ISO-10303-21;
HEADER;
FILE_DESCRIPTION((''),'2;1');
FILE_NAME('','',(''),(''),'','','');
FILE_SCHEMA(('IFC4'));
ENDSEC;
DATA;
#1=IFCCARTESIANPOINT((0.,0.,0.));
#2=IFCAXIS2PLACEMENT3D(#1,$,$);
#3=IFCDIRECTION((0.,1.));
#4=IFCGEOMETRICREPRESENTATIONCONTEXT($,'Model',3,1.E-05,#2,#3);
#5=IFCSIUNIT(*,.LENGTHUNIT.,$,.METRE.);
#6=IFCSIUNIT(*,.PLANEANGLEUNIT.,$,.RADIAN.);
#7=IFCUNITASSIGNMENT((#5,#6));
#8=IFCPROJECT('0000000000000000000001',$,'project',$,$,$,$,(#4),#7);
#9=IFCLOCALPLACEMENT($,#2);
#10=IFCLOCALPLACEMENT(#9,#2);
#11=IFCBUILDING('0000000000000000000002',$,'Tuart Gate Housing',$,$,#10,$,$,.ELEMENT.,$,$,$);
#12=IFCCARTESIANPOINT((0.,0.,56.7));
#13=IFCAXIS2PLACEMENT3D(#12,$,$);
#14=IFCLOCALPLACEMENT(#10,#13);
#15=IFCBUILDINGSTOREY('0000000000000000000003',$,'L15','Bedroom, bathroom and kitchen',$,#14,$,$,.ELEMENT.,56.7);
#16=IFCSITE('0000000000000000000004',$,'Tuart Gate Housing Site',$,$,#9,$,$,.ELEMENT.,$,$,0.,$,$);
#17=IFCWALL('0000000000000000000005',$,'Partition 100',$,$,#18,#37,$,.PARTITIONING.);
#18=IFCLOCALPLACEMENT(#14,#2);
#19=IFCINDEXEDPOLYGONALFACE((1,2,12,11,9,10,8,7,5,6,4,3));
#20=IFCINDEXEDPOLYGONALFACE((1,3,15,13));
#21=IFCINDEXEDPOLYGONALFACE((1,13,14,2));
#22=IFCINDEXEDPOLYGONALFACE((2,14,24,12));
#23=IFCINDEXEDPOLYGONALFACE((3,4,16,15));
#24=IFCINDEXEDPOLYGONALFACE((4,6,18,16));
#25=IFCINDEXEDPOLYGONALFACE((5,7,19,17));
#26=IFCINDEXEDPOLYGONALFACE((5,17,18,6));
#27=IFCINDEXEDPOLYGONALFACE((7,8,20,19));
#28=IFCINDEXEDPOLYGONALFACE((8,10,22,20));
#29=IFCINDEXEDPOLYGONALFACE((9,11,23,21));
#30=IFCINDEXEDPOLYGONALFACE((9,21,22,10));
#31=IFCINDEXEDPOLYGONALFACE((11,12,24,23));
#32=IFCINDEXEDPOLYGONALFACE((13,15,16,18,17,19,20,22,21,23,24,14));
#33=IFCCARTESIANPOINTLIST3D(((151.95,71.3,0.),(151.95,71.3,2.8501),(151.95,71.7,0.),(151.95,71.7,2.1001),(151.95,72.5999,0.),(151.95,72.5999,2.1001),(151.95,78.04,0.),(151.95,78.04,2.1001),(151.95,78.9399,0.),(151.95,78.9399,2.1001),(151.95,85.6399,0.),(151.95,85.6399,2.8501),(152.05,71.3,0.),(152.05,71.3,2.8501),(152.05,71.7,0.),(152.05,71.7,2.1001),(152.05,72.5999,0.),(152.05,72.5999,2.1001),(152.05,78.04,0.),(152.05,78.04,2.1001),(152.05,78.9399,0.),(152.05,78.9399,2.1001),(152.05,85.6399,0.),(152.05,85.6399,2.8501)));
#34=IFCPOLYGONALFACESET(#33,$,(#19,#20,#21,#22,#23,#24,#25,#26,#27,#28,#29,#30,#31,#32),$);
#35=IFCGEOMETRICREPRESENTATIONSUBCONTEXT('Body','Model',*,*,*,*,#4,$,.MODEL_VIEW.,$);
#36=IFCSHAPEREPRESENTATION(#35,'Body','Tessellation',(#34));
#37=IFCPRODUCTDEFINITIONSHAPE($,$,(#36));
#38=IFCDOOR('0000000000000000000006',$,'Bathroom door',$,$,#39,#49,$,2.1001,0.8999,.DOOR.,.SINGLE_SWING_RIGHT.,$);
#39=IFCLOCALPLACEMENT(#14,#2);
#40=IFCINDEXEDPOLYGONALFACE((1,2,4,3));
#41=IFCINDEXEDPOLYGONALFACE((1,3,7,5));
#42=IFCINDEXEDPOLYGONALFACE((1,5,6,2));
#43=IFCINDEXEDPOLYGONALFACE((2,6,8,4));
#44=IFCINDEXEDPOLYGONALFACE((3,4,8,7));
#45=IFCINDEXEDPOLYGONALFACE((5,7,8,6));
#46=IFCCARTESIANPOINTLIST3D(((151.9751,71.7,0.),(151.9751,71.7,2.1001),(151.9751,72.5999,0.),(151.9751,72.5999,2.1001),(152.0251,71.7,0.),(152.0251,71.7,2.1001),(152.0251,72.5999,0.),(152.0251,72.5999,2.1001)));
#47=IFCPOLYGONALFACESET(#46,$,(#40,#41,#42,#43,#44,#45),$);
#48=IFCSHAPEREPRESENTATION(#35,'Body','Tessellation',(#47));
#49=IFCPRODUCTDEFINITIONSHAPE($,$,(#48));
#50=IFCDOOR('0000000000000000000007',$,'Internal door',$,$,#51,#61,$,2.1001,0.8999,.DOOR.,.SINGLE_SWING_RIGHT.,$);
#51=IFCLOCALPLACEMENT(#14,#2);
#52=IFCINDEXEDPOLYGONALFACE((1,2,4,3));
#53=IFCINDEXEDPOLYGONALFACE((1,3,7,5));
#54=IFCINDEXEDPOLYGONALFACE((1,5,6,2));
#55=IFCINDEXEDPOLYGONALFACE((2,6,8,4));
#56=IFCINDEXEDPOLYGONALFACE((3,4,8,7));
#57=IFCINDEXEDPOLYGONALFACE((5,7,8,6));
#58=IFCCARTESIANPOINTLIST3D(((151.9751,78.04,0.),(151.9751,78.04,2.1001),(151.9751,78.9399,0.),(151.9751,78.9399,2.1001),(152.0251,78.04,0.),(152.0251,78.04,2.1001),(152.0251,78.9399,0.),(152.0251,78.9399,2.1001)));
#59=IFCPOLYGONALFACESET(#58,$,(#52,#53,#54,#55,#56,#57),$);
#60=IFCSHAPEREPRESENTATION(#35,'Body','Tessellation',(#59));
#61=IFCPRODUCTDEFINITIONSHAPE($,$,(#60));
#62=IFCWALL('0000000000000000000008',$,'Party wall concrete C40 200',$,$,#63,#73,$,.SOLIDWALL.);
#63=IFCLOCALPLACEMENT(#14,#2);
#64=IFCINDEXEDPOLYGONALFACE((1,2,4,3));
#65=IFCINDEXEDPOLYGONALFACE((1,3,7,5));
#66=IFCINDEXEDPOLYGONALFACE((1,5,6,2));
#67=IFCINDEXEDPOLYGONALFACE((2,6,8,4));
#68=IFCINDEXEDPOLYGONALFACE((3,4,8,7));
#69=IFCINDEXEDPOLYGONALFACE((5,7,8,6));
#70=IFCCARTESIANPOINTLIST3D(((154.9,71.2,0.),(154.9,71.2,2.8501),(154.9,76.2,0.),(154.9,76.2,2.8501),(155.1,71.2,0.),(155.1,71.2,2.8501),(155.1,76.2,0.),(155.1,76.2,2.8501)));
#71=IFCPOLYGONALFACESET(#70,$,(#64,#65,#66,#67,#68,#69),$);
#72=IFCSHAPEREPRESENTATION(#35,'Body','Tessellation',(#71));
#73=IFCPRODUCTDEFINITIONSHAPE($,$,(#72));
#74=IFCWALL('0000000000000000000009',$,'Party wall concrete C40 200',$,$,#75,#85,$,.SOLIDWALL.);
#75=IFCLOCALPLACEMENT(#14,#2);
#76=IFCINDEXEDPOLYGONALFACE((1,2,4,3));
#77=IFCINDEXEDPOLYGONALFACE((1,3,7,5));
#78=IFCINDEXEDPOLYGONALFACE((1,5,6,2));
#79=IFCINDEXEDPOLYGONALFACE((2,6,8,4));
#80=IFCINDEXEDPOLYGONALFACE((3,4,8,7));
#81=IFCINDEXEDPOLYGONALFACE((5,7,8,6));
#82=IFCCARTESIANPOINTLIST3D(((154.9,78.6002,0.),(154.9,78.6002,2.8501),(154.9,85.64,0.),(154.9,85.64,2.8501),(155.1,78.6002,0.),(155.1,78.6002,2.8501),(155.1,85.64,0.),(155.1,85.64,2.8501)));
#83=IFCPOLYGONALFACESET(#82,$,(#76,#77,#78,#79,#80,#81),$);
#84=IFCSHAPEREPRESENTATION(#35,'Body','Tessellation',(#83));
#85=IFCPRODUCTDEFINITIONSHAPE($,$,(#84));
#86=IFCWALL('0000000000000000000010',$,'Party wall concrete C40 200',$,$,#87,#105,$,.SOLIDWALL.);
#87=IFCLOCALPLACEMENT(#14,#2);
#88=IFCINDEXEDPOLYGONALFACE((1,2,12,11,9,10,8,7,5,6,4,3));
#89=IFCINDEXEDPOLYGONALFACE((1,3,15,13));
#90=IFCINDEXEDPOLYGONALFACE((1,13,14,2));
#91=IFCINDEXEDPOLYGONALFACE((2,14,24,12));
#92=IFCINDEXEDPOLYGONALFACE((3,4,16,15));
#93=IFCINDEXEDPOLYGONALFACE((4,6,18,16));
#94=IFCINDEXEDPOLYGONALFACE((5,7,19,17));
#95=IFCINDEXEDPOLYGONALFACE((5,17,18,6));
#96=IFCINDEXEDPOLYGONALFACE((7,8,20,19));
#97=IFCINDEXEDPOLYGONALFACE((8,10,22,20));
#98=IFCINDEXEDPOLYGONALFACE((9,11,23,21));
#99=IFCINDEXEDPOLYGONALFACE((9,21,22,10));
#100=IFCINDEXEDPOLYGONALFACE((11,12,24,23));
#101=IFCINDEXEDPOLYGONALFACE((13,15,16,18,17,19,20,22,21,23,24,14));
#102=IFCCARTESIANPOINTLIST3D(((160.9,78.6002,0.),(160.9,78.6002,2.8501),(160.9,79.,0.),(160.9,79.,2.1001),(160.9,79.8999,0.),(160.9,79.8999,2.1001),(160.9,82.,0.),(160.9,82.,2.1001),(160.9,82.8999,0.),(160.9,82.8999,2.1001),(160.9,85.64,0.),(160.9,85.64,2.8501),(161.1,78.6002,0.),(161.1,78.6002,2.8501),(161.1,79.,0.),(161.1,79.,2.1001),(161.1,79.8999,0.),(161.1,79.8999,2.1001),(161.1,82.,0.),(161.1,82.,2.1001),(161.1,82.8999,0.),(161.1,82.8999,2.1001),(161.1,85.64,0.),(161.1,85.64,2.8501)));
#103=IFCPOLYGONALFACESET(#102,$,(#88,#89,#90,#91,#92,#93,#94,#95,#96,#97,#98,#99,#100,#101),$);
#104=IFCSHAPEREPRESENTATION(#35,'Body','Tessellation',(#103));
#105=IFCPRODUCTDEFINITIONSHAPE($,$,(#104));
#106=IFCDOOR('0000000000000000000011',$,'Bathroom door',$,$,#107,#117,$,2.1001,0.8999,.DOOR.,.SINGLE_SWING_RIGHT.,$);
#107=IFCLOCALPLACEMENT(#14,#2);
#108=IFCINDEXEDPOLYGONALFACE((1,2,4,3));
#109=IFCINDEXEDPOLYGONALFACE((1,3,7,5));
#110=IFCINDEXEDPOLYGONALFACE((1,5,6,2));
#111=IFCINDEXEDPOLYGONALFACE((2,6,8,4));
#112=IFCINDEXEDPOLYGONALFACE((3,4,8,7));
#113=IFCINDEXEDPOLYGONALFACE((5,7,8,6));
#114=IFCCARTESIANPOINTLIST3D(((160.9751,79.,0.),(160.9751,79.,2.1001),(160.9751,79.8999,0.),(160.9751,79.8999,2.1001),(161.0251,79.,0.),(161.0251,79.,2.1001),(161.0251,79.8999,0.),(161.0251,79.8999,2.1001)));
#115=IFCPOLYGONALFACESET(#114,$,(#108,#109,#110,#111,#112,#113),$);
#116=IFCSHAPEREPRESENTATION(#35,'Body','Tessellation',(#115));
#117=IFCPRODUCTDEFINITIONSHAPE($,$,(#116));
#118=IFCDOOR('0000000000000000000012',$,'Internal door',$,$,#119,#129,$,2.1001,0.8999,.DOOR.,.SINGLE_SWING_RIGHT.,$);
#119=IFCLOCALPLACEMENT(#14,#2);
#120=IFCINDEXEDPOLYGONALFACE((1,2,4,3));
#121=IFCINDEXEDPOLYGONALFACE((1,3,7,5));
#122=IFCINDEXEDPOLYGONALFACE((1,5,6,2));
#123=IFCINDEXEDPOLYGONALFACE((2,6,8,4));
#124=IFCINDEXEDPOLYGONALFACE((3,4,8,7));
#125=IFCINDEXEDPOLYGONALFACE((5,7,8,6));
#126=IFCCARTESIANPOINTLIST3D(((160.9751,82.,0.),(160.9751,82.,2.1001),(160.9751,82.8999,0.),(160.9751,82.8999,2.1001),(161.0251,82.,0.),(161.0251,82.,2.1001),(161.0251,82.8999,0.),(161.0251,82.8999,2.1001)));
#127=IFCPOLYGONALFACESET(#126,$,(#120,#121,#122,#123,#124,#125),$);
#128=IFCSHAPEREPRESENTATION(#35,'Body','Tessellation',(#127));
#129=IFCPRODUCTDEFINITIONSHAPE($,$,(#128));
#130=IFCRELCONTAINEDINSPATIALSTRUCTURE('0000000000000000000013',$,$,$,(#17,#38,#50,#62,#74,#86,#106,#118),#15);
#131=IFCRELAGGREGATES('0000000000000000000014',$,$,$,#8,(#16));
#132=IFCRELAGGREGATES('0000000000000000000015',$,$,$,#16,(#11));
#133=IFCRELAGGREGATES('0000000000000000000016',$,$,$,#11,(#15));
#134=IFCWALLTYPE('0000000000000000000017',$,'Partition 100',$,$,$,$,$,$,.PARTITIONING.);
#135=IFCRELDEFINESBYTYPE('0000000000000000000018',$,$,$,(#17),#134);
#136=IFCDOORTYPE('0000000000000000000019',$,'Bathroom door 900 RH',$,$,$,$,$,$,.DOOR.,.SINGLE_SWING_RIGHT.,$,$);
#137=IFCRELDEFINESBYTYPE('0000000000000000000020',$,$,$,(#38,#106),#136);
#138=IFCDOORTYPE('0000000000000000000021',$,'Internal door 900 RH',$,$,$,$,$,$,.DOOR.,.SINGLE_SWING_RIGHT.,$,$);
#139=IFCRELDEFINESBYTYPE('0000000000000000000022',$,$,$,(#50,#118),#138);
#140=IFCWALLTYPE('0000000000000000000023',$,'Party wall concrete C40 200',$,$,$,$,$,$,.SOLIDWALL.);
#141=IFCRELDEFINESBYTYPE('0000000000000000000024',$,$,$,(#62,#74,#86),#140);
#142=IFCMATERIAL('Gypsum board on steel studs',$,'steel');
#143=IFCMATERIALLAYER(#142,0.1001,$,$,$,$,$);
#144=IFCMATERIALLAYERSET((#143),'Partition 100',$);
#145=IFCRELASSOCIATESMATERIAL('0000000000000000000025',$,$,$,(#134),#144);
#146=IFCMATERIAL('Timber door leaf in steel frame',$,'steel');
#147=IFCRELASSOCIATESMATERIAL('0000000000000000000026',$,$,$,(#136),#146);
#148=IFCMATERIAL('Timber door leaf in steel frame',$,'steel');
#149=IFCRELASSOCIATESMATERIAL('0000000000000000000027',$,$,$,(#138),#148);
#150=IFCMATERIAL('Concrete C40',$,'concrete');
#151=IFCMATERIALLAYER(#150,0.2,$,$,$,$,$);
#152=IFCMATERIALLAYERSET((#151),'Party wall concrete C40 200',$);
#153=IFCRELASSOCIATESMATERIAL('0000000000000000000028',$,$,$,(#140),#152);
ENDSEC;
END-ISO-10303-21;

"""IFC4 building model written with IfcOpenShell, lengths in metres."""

from ifc_helpers import new_model, si_unit, direction, frame, frame_2d, origin, place, context, subcontext, project, spatial, rectangle, extrude, material, layer, layer_set, type_object, element, fill, save


model = new_model("IFC4")

# Units and contexts
model_context = context("Model", 3, precision=1e-05, world=origin(), true_north=direction((0.0, 1.0)))
body_context = subcontext(model_context, "Body", "Model", "MODEL_VIEW")
ifc_project = project(units=[si_unit("LENGTHUNIT", "METRE"), si_unit("PLANEANGLEUNIT", "RADIAN")], contexts=[model_context])

# Site, building, storey
site_placement = place(None, origin())
site = spatial("IfcSite", under=ifc_project, at=site_placement, Name="Tuart Gate Housing Site", CompositionType="ELEMENT", RefElevation=0.0)
building_placement = place(site_placement, origin())
building = spatial("IfcBuilding", under=site, at=building_placement, Name="Tuart Gate Housing", CompositionType="ELEMENT")
storey_placement = place(building_placement, frame((0.0, 0.0, 56.7)))
storey = spatial("IfcBuildingStorey", under=building, at=storey_placement, Name="L15", Description="Bedroom, bathroom and kitchen", CompositionType="ELEMENT", Elevation=56.7)

# Shared definitions
ifc_material_1 = material(Name="Gypsum board on steel studs", Category="steel")
ifc_layer_1 = layer(ifc_material_1, 0.1001)
ifc_layer_set_1 = layer_set([ifc_layer_1], Name="Partition 100")
wall_type_1 = type_object("IfcWallType", Name="Partition 100", PredefinedType="PARTITIONING", material=ifc_layer_set_1)

# Wall, openings, doors
wall_1_placement = place(storey_placement, frame((152.0, 71.3, 0.0), z_axis=(0.0, 0.0, 1.0), x_axis=(0.0, 1.0, 0.0)))
wall_1 = element("IfcWall", 1, at=wall_1_placement, inside=storey, type_object=wall_type_1, Name="Partition 100", PredefinedType="PARTITIONING", context=body_context, shape_type="SweptSolid", body=[
    extrude(rectangle(XDim=14.3398, YDim=0.1001, at=frame_2d((7.1699, 0.0))), origin(), (0.0, 0.0, 1.0), 2.8501),
])
opening_1_placement = place(wall_1_placement, frame((6.74, 0.0, 0.0)))
opening_1 = element("IfcOpeningElement", 2, at=opening_1_placement, cuts=wall_1, PredefinedType="OPENING", context=body_context, shape_type="SweptSolid", body=[
    extrude(rectangle(XDim=0.8999, YDim=2.1001, at=frame_2d((0.45, 1.05))), frame((0.0, 0.0601, 0.0), z_axis=(0.0, -1.0, 0.0), x_axis=(1.0, 0.0, 0.0)), (0.0, 0.0, 1.0), 0.1201),
])
opening_2_placement = place(wall_1_placement, frame((0.3999, 0.0, 0.0)))
opening_2 = element("IfcOpeningElement", 3, at=opening_2_placement, cuts=wall_1, PredefinedType="OPENING", context=body_context, shape_type="SweptSolid", body=[
    extrude(rectangle(XDim=0.8999, YDim=2.1001, at=frame_2d((0.45, 1.05))), frame((0.0, 0.0601, 0.0), z_axis=(0.0, -1.0, 0.0), x_axis=(1.0, 0.0, 0.0)), (0.0, 0.0, 1.0), 0.1201),
])
ifc_material_2 = material(Name="Timber door leaf in steel frame", Category="steel")
door_type_1 = type_object("IfcDoorType", Name="Bathroom door 900 RH", OperationType="SINGLE_SWING_RIGHT", PredefinedType="DOOR", material=ifc_material_2)
door_1_placement = place(opening_2_placement, frame((0.8999, 0.0, 0.0), z_axis=(0.0, 0.0, 1.0), x_axis=(-1.0, 0.0, 0.0)))
door_1 = element("IfcDoor", 4, at=door_1_placement, inside=storey, type_object=door_type_1, Name="Bathroom door", OperationType="SINGLE_SWING_RIGHT", OverallHeight=2.1001, OverallWidth=0.8999, PredefinedType="DOOR", context=body_context, shape_type="SweptSolid", body=[
    extrude(rectangle(XDim=0.8999, YDim=2.1001, at=frame_2d((0.45, 1.05))), frame((0.0, 0.0251, 0.0), z_axis=(0.0, -1.0, 0.0), x_axis=(1.0, 0.0, 0.0)), (0.0, 0.0, 1.0), 0.05),
])
fill(opening_2, door_1)
ifc_material_3 = material(Name="Timber door leaf in steel frame", Category="steel")
door_type_2 = type_object("IfcDoorType", Name="Internal door 900 RH", OperationType="SINGLE_SWING_RIGHT", PredefinedType="DOOR", material=ifc_material_3)
door_2_placement = place(opening_1_placement, frame((0.8999, 0.0, 0.0), z_axis=(0.0, 0.0, 1.0), x_axis=(-1.0, 0.0, 0.0)))
door_2 = element("IfcDoor", 5, at=door_2_placement, inside=storey, type_object=door_type_2, Name="Internal door", OperationType="SINGLE_SWING_RIGHT", OverallHeight=2.1001, OverallWidth=0.8999, PredefinedType="DOOR", context=body_context, shape_type="SweptSolid", body=[
    extrude(rectangle(XDim=0.8999, YDim=2.1001, at=frame_2d((0.45, 1.05))), frame((0.0, 0.0251, 0.0), z_axis=(0.0, -1.0, 0.0), x_axis=(1.0, 0.0, 0.0)), (0.0, 0.0, 1.0), 0.05),
])
fill(opening_1, door_2)

# Walls
ifc_material_4 = material(Name="Concrete C40", Category="concrete")
ifc_layer_2 = layer(ifc_material_4, 0.2)
ifc_layer_set_2 = layer_set([ifc_layer_2], Name="Party wall concrete C40 200")
wall_type_2 = type_object("IfcWallType", Name="Party wall concrete C40 200", PredefinedType="SOLIDWALL", material=ifc_layer_set_2)
wall_2_placement = place(storey_placement, frame((155.0, 71.2, 0.0), z_axis=(0.0, 0.0, 1.0), x_axis=(0.0, 1.0, 0.0)))
element("IfcWall", 6, at=wall_2_placement, inside=storey, type_object=wall_type_2, Name="Party wall concrete C40 200", PredefinedType="SOLIDWALL", context=body_context, shape_type="SweptSolid", body=[
    extrude(rectangle(XDim=5.0, YDim=0.2, at=frame_2d((2.5, 0.0))), origin(), (0.0, 0.0, 1.0), 2.8501),
])
wall_3_placement = place(storey_placement, frame((155.0, 78.6001, 0.0), z_axis=(0.0, 0.0, 1.0), x_axis=(0.0, 1.0, 0.0)))
element("IfcWall", 7, at=wall_3_placement, inside=storey, type_object=wall_type_2, Name="Party wall concrete C40 200", PredefinedType="SOLIDWALL", context=body_context, shape_type="SweptSolid", body=[
    extrude(rectangle(XDim=7.0398, YDim=0.2, at=frame_2d((3.52, 0.0))), origin(), (0.0, 0.0, 1.0), 2.8501),
])

# Wall, openings, doors
wall_4_placement = place(storey_placement, frame((161.0, 78.6001, 0.0), z_axis=(0.0, 0.0, 1.0), x_axis=(0.0, 1.0, 0.0)))
wall_4 = element("IfcWall", 8, at=wall_4_placement, inside=storey, type_object=wall_type_2, Name="Party wall concrete C40 200", PredefinedType="SOLIDWALL", context=body_context, shape_type="SweptSolid", body=[
    extrude(rectangle(XDim=7.0398, YDim=0.2, at=frame_2d((3.52, 0.0))), origin(), (0.0, 0.0, 1.0), 2.8501),
])
opening_3_placement = place(wall_4_placement, frame((3.3999, 0.0, 0.0)))
opening_3 = element("IfcOpeningElement", 9, at=opening_3_placement, cuts=wall_4, PredefinedType="OPENING", context=body_context, shape_type="SweptSolid", body=[
    extrude(rectangle(XDim=0.8999, YDim=2.1001, at=frame_2d((0.45, 1.05))), frame((0.0, 0.1099, 0.0), z_axis=(0.0, -1.0, 0.0), x_axis=(1.0, 0.0, 0.0)), (0.0, 0.0, 1.0), 0.22),
])
opening_4_placement = place(wall_4_placement, frame((0.3999, 0.0, 0.0)))
opening_4 = element("IfcOpeningElement", 10, at=opening_4_placement, cuts=wall_4, PredefinedType="OPENING", context=body_context, shape_type="SweptSolid", body=[
    extrude(rectangle(XDim=0.8999, YDim=2.1001, at=frame_2d((0.45, 1.05))), frame((0.0, 0.1099, 0.0), z_axis=(0.0, -1.0, 0.0), x_axis=(1.0, 0.0, 0.0)), (0.0, 0.0, 1.0), 0.22),
])
door_3_placement = place(opening_4_placement, frame((0.8999, 0.0, 0.0), z_axis=(0.0, 0.0, 1.0), x_axis=(-1.0, 0.0, 0.0)))
door_3 = element("IfcDoor", 11, at=door_3_placement, inside=storey, type_object=door_type_1, Name="Bathroom door", OperationType="SINGLE_SWING_RIGHT", OverallHeight=2.1001, OverallWidth=0.8999, PredefinedType="DOOR", context=body_context, shape_type="SweptSolid", body=[
    extrude(rectangle(XDim=0.8999, YDim=2.1001, at=frame_2d((0.45, 1.05))), frame((0.0, 0.0251, 0.0), z_axis=(0.0, -1.0, 0.0), x_axis=(1.0, 0.0, 0.0)), (0.0, 0.0, 1.0), 0.05),
])
fill(opening_4, door_3)
door_4_placement = place(opening_3_placement, frame((0.8999, 0.0, 0.0), z_axis=(0.0, 0.0, 1.0), x_axis=(-1.0, 0.0, 0.0)))
door_4 = element("IfcDoor", 12, at=door_4_placement, inside=storey, type_object=door_type_2, Name="Internal door", OperationType="SINGLE_SWING_RIGHT", OverallHeight=2.1001, OverallWidth=0.8999, PredefinedType="DOOR", context=body_context, shape_type="SweptSolid", body=[
    extrude(rectangle(XDim=0.8999, YDim=2.1001, at=frame_2d((0.45, 1.05))), frame((0.0, 0.0251, 0.0), z_axis=(0.0, -1.0, 0.0), x_axis=(1.0, 0.0, 0.0)), (0.0, 0.0, 1.0), 0.05),
])
fill(opening_3, door_4)

save(model, "model.ifc")
